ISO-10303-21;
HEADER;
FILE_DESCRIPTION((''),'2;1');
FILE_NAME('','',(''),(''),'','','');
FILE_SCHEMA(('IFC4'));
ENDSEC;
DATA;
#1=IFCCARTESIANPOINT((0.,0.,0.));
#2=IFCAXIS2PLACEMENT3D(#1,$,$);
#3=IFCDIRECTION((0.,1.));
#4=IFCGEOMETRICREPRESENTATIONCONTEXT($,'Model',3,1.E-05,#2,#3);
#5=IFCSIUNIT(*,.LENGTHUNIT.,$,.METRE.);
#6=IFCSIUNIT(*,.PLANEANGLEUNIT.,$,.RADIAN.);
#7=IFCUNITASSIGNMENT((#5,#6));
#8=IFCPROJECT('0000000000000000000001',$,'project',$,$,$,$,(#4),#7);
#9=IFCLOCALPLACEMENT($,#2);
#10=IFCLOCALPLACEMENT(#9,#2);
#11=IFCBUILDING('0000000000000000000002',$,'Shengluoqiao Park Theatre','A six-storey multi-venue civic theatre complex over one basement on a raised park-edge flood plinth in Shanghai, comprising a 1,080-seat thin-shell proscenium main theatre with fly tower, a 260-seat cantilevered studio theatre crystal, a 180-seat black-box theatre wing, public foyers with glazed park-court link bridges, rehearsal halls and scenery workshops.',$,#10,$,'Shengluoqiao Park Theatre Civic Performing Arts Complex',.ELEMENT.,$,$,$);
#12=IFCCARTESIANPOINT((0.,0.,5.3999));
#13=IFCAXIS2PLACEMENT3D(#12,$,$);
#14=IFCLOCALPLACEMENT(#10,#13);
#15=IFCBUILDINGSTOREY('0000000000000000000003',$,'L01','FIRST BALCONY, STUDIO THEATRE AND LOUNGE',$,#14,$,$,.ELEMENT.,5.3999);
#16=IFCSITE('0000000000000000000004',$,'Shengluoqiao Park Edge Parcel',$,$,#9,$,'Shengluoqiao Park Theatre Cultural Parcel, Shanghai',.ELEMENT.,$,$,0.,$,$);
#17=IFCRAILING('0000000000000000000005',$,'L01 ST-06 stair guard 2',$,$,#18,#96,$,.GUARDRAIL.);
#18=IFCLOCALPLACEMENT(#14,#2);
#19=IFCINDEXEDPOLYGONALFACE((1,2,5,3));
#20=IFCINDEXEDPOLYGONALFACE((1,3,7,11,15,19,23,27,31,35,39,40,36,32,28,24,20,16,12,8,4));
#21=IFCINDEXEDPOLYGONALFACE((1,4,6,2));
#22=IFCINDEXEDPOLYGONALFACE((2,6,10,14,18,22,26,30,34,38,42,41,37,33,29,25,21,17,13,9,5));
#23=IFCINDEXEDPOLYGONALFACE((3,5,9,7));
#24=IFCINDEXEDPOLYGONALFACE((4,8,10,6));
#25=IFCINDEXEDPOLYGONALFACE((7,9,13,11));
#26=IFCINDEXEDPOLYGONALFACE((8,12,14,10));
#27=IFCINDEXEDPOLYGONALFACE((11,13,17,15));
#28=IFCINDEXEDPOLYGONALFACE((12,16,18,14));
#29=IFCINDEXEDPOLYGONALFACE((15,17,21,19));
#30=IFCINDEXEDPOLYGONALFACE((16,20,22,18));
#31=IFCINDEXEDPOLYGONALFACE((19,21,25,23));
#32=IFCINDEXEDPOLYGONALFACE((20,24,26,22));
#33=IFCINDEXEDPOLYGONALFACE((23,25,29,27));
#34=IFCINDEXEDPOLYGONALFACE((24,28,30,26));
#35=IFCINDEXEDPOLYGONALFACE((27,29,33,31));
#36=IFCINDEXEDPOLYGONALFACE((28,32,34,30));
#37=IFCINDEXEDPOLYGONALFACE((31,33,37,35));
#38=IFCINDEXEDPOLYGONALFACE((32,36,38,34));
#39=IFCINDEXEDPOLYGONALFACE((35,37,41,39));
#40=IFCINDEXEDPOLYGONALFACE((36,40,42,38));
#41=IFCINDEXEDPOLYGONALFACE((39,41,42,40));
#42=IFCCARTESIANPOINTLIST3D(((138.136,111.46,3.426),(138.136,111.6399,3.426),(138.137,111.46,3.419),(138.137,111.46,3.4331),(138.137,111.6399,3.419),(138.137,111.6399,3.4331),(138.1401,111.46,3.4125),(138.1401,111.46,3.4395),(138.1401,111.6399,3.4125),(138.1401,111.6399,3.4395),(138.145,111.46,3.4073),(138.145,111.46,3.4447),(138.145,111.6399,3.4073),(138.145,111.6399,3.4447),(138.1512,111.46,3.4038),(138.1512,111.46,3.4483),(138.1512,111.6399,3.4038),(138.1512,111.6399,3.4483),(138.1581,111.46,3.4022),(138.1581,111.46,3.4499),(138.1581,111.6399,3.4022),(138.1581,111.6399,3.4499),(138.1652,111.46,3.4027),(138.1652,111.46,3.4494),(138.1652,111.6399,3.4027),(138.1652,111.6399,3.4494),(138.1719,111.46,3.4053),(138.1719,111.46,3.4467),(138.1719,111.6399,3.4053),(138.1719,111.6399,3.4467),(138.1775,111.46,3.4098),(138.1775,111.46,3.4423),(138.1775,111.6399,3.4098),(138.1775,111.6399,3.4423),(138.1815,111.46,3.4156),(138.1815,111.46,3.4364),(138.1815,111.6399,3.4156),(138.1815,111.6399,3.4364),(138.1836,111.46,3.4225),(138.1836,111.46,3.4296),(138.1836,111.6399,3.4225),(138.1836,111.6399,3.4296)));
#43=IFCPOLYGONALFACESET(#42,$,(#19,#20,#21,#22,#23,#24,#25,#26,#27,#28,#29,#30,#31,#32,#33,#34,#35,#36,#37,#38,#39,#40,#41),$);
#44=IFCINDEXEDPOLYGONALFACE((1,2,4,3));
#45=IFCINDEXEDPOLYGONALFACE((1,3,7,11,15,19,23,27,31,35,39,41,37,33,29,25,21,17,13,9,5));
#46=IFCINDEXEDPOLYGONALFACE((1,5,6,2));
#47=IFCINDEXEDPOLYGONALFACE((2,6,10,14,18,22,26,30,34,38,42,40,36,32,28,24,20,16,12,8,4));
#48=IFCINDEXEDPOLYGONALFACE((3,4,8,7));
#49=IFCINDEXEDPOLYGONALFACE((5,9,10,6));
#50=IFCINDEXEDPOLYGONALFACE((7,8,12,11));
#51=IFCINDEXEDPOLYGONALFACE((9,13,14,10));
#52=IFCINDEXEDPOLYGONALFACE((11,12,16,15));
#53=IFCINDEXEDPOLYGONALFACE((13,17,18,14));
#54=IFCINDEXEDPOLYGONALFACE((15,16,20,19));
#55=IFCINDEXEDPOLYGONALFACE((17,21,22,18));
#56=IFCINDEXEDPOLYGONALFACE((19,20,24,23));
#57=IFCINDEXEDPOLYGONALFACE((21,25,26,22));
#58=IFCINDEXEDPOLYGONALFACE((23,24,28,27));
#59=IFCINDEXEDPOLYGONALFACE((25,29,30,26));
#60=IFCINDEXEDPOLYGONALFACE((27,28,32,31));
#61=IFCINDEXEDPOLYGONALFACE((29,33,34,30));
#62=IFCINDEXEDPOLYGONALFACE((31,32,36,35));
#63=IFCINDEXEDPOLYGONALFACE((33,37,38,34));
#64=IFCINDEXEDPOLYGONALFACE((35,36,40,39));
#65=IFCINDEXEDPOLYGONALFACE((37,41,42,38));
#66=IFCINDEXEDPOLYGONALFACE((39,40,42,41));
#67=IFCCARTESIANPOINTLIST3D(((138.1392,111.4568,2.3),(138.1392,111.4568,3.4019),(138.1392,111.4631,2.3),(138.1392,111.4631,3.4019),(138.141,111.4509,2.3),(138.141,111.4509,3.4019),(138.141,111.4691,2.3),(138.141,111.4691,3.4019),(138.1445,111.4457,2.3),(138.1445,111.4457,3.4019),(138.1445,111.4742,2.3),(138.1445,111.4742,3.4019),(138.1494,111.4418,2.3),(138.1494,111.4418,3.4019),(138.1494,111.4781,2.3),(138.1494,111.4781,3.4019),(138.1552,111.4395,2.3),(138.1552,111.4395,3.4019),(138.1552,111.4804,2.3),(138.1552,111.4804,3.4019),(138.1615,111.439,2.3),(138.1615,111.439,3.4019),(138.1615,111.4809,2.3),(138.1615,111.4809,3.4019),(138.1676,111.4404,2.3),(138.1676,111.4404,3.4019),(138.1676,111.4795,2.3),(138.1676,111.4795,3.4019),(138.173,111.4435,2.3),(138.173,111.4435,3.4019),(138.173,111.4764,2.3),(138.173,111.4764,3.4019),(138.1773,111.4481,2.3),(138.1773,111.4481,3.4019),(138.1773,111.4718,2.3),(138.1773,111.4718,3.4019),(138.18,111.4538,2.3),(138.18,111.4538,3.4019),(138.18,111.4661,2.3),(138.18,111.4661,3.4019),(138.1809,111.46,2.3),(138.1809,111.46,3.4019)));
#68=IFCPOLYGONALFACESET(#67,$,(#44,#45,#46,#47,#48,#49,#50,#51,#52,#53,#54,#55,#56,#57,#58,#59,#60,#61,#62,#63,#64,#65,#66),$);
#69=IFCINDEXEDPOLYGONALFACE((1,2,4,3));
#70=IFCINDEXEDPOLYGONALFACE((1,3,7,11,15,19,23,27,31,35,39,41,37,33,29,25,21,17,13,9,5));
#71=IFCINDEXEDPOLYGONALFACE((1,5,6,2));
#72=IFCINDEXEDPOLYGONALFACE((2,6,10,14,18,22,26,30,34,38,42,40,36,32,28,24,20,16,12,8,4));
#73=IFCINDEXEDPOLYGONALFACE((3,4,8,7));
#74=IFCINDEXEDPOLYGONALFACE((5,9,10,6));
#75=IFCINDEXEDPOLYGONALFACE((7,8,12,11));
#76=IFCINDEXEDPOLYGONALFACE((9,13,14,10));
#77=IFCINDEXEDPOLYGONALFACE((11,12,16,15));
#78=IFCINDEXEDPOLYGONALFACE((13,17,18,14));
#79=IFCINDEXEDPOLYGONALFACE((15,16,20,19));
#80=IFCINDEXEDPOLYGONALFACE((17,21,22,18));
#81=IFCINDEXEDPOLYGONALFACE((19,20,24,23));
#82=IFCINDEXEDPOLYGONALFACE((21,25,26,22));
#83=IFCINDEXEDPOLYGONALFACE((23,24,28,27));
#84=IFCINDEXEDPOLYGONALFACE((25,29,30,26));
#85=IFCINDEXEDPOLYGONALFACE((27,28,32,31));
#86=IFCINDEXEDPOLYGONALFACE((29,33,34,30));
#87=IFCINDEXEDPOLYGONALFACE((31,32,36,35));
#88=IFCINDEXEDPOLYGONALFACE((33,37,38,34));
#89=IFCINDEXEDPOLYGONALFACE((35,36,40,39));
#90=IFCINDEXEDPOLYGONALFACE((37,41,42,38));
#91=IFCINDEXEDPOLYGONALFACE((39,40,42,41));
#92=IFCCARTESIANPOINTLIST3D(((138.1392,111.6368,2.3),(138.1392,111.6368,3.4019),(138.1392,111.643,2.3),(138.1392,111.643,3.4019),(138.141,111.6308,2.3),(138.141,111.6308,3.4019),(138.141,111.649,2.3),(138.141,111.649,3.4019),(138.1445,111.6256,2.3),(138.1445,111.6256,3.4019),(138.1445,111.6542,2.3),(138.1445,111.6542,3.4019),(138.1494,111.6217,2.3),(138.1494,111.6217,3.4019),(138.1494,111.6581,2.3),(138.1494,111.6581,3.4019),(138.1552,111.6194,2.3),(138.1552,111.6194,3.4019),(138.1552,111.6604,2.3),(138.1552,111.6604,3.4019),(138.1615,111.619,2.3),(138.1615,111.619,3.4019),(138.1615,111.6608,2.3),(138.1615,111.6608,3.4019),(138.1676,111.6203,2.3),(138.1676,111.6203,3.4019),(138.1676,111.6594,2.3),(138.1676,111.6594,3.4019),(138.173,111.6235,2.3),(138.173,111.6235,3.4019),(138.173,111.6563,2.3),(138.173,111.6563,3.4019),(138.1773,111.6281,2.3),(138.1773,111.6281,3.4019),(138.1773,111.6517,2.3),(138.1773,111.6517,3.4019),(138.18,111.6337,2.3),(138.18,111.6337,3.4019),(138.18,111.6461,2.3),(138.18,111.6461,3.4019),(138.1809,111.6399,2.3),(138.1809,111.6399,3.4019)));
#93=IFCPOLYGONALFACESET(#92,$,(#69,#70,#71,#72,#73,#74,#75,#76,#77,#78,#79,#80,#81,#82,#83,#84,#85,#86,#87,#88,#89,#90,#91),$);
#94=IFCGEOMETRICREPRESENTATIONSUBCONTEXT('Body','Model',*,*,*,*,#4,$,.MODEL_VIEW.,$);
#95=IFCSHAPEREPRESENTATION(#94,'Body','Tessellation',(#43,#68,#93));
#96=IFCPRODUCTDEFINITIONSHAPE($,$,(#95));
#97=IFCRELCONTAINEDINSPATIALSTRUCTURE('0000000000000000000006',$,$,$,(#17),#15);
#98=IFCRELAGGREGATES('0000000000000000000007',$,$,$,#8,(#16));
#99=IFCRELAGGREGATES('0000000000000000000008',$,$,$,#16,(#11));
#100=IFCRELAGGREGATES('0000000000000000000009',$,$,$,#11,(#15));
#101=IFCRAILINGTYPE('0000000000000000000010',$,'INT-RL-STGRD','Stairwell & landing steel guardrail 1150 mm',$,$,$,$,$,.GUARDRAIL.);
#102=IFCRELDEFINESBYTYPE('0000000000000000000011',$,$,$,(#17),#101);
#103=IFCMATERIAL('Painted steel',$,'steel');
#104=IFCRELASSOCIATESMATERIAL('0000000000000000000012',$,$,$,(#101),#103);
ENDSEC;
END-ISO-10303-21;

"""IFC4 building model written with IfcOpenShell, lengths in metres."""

from ifc_helpers import new_model, si_unit, direction, frame, origin, origin_2d, place, context, subcontext, project, spatial, circle, extrude, material, type_object, element, save


model = new_model("IFC4")

# Units and contexts
model_context = context("Model", 3, precision=1e-05, world=origin(), true_north=direction((0.0, 1.0)))
body_context = subcontext(model_context, "Body", "Model", "MODEL_VIEW")
ifc_project = project(units=[si_unit("LENGTHUNIT", "METRE"), si_unit("PLANEANGLEUNIT", "RADIAN")], contexts=[model_context])

# Site, building, storey
site_placement = place(None, origin())
site = spatial("IfcSite", under=ifc_project, at=site_placement, Name="Shengluoqiao Park Edge Parcel", LongName="Shengluoqiao Park Theatre Cultural Parcel, Shanghai", CompositionType="ELEMENT", RefElevation=0.0)
building_placement = place(site_placement, origin())
building = spatial("IfcBuilding", under=site, at=building_placement, Name="Shengluoqiao Park Theatre", Description="A six-storey multi-venue civic theatre complex over one basement on a raised park-edge flood plinth in Shanghai, comprising a 1,080-seat thin-shell proscenium main theatre with fly tower, a 260-seat cantilevered studio theatre crystal, a 180-seat black-box theatre wing, public foyers with glazed park-court link bridges, rehearsal halls and scenery workshops.", LongName="Shengluoqiao Park Theatre Civic Performing Arts Complex", CompositionType="ELEMENT")
storey_placement = place(building_placement, frame((0.0, 0.0, 5.3999)))
storey = spatial("IfcBuildingStorey", under=building, at=storey_placement, Name="L01", Description="FIRST BALCONY, STUDIO THEATRE AND LOUNGE", CompositionType="ELEMENT", Elevation=5.3999)

# Railing
ifc_material_1 = material(Name="Painted steel", Category="steel")
railing_type_1 = type_object("IfcRailingType", Name="INT-RL-STGRD", Description="Stairwell & landing steel guardrail 1150 mm", PredefinedType="GUARDRAIL", material=ifc_material_1)
railing_1_placement = place(storey_placement, frame((138.1599, 111.46, 2.3)))
element("IfcRailing", 1, at=railing_1_placement, inside=storey, type_object=railing_type_1, Name="L01 ST-06 stair guard 2", PredefinedType="GUARDRAIL", context=body_context, shape_type="SweptSolid", body=[
    extrude(circle(Radius=0.0239, at=origin_2d()), frame((0.0, 0.0, 1.126), z_axis=(0.0, 1.0, 0.0), x_axis=(-1.0, 0.0, 0.0)), (0.0, 0.0, 1.0), 0.1799),
    extrude(circle(Radius=0.021, at=origin_2d()), origin(), (0.0, 0.0, 1.0), 1.1018),
    extrude(circle(Radius=0.021, at=origin_2d()), frame((0.0, 0.1799, 0.0)), (0.0, 0.0, 1.0), 1.1018),
])

save(model, "model.ifc")
